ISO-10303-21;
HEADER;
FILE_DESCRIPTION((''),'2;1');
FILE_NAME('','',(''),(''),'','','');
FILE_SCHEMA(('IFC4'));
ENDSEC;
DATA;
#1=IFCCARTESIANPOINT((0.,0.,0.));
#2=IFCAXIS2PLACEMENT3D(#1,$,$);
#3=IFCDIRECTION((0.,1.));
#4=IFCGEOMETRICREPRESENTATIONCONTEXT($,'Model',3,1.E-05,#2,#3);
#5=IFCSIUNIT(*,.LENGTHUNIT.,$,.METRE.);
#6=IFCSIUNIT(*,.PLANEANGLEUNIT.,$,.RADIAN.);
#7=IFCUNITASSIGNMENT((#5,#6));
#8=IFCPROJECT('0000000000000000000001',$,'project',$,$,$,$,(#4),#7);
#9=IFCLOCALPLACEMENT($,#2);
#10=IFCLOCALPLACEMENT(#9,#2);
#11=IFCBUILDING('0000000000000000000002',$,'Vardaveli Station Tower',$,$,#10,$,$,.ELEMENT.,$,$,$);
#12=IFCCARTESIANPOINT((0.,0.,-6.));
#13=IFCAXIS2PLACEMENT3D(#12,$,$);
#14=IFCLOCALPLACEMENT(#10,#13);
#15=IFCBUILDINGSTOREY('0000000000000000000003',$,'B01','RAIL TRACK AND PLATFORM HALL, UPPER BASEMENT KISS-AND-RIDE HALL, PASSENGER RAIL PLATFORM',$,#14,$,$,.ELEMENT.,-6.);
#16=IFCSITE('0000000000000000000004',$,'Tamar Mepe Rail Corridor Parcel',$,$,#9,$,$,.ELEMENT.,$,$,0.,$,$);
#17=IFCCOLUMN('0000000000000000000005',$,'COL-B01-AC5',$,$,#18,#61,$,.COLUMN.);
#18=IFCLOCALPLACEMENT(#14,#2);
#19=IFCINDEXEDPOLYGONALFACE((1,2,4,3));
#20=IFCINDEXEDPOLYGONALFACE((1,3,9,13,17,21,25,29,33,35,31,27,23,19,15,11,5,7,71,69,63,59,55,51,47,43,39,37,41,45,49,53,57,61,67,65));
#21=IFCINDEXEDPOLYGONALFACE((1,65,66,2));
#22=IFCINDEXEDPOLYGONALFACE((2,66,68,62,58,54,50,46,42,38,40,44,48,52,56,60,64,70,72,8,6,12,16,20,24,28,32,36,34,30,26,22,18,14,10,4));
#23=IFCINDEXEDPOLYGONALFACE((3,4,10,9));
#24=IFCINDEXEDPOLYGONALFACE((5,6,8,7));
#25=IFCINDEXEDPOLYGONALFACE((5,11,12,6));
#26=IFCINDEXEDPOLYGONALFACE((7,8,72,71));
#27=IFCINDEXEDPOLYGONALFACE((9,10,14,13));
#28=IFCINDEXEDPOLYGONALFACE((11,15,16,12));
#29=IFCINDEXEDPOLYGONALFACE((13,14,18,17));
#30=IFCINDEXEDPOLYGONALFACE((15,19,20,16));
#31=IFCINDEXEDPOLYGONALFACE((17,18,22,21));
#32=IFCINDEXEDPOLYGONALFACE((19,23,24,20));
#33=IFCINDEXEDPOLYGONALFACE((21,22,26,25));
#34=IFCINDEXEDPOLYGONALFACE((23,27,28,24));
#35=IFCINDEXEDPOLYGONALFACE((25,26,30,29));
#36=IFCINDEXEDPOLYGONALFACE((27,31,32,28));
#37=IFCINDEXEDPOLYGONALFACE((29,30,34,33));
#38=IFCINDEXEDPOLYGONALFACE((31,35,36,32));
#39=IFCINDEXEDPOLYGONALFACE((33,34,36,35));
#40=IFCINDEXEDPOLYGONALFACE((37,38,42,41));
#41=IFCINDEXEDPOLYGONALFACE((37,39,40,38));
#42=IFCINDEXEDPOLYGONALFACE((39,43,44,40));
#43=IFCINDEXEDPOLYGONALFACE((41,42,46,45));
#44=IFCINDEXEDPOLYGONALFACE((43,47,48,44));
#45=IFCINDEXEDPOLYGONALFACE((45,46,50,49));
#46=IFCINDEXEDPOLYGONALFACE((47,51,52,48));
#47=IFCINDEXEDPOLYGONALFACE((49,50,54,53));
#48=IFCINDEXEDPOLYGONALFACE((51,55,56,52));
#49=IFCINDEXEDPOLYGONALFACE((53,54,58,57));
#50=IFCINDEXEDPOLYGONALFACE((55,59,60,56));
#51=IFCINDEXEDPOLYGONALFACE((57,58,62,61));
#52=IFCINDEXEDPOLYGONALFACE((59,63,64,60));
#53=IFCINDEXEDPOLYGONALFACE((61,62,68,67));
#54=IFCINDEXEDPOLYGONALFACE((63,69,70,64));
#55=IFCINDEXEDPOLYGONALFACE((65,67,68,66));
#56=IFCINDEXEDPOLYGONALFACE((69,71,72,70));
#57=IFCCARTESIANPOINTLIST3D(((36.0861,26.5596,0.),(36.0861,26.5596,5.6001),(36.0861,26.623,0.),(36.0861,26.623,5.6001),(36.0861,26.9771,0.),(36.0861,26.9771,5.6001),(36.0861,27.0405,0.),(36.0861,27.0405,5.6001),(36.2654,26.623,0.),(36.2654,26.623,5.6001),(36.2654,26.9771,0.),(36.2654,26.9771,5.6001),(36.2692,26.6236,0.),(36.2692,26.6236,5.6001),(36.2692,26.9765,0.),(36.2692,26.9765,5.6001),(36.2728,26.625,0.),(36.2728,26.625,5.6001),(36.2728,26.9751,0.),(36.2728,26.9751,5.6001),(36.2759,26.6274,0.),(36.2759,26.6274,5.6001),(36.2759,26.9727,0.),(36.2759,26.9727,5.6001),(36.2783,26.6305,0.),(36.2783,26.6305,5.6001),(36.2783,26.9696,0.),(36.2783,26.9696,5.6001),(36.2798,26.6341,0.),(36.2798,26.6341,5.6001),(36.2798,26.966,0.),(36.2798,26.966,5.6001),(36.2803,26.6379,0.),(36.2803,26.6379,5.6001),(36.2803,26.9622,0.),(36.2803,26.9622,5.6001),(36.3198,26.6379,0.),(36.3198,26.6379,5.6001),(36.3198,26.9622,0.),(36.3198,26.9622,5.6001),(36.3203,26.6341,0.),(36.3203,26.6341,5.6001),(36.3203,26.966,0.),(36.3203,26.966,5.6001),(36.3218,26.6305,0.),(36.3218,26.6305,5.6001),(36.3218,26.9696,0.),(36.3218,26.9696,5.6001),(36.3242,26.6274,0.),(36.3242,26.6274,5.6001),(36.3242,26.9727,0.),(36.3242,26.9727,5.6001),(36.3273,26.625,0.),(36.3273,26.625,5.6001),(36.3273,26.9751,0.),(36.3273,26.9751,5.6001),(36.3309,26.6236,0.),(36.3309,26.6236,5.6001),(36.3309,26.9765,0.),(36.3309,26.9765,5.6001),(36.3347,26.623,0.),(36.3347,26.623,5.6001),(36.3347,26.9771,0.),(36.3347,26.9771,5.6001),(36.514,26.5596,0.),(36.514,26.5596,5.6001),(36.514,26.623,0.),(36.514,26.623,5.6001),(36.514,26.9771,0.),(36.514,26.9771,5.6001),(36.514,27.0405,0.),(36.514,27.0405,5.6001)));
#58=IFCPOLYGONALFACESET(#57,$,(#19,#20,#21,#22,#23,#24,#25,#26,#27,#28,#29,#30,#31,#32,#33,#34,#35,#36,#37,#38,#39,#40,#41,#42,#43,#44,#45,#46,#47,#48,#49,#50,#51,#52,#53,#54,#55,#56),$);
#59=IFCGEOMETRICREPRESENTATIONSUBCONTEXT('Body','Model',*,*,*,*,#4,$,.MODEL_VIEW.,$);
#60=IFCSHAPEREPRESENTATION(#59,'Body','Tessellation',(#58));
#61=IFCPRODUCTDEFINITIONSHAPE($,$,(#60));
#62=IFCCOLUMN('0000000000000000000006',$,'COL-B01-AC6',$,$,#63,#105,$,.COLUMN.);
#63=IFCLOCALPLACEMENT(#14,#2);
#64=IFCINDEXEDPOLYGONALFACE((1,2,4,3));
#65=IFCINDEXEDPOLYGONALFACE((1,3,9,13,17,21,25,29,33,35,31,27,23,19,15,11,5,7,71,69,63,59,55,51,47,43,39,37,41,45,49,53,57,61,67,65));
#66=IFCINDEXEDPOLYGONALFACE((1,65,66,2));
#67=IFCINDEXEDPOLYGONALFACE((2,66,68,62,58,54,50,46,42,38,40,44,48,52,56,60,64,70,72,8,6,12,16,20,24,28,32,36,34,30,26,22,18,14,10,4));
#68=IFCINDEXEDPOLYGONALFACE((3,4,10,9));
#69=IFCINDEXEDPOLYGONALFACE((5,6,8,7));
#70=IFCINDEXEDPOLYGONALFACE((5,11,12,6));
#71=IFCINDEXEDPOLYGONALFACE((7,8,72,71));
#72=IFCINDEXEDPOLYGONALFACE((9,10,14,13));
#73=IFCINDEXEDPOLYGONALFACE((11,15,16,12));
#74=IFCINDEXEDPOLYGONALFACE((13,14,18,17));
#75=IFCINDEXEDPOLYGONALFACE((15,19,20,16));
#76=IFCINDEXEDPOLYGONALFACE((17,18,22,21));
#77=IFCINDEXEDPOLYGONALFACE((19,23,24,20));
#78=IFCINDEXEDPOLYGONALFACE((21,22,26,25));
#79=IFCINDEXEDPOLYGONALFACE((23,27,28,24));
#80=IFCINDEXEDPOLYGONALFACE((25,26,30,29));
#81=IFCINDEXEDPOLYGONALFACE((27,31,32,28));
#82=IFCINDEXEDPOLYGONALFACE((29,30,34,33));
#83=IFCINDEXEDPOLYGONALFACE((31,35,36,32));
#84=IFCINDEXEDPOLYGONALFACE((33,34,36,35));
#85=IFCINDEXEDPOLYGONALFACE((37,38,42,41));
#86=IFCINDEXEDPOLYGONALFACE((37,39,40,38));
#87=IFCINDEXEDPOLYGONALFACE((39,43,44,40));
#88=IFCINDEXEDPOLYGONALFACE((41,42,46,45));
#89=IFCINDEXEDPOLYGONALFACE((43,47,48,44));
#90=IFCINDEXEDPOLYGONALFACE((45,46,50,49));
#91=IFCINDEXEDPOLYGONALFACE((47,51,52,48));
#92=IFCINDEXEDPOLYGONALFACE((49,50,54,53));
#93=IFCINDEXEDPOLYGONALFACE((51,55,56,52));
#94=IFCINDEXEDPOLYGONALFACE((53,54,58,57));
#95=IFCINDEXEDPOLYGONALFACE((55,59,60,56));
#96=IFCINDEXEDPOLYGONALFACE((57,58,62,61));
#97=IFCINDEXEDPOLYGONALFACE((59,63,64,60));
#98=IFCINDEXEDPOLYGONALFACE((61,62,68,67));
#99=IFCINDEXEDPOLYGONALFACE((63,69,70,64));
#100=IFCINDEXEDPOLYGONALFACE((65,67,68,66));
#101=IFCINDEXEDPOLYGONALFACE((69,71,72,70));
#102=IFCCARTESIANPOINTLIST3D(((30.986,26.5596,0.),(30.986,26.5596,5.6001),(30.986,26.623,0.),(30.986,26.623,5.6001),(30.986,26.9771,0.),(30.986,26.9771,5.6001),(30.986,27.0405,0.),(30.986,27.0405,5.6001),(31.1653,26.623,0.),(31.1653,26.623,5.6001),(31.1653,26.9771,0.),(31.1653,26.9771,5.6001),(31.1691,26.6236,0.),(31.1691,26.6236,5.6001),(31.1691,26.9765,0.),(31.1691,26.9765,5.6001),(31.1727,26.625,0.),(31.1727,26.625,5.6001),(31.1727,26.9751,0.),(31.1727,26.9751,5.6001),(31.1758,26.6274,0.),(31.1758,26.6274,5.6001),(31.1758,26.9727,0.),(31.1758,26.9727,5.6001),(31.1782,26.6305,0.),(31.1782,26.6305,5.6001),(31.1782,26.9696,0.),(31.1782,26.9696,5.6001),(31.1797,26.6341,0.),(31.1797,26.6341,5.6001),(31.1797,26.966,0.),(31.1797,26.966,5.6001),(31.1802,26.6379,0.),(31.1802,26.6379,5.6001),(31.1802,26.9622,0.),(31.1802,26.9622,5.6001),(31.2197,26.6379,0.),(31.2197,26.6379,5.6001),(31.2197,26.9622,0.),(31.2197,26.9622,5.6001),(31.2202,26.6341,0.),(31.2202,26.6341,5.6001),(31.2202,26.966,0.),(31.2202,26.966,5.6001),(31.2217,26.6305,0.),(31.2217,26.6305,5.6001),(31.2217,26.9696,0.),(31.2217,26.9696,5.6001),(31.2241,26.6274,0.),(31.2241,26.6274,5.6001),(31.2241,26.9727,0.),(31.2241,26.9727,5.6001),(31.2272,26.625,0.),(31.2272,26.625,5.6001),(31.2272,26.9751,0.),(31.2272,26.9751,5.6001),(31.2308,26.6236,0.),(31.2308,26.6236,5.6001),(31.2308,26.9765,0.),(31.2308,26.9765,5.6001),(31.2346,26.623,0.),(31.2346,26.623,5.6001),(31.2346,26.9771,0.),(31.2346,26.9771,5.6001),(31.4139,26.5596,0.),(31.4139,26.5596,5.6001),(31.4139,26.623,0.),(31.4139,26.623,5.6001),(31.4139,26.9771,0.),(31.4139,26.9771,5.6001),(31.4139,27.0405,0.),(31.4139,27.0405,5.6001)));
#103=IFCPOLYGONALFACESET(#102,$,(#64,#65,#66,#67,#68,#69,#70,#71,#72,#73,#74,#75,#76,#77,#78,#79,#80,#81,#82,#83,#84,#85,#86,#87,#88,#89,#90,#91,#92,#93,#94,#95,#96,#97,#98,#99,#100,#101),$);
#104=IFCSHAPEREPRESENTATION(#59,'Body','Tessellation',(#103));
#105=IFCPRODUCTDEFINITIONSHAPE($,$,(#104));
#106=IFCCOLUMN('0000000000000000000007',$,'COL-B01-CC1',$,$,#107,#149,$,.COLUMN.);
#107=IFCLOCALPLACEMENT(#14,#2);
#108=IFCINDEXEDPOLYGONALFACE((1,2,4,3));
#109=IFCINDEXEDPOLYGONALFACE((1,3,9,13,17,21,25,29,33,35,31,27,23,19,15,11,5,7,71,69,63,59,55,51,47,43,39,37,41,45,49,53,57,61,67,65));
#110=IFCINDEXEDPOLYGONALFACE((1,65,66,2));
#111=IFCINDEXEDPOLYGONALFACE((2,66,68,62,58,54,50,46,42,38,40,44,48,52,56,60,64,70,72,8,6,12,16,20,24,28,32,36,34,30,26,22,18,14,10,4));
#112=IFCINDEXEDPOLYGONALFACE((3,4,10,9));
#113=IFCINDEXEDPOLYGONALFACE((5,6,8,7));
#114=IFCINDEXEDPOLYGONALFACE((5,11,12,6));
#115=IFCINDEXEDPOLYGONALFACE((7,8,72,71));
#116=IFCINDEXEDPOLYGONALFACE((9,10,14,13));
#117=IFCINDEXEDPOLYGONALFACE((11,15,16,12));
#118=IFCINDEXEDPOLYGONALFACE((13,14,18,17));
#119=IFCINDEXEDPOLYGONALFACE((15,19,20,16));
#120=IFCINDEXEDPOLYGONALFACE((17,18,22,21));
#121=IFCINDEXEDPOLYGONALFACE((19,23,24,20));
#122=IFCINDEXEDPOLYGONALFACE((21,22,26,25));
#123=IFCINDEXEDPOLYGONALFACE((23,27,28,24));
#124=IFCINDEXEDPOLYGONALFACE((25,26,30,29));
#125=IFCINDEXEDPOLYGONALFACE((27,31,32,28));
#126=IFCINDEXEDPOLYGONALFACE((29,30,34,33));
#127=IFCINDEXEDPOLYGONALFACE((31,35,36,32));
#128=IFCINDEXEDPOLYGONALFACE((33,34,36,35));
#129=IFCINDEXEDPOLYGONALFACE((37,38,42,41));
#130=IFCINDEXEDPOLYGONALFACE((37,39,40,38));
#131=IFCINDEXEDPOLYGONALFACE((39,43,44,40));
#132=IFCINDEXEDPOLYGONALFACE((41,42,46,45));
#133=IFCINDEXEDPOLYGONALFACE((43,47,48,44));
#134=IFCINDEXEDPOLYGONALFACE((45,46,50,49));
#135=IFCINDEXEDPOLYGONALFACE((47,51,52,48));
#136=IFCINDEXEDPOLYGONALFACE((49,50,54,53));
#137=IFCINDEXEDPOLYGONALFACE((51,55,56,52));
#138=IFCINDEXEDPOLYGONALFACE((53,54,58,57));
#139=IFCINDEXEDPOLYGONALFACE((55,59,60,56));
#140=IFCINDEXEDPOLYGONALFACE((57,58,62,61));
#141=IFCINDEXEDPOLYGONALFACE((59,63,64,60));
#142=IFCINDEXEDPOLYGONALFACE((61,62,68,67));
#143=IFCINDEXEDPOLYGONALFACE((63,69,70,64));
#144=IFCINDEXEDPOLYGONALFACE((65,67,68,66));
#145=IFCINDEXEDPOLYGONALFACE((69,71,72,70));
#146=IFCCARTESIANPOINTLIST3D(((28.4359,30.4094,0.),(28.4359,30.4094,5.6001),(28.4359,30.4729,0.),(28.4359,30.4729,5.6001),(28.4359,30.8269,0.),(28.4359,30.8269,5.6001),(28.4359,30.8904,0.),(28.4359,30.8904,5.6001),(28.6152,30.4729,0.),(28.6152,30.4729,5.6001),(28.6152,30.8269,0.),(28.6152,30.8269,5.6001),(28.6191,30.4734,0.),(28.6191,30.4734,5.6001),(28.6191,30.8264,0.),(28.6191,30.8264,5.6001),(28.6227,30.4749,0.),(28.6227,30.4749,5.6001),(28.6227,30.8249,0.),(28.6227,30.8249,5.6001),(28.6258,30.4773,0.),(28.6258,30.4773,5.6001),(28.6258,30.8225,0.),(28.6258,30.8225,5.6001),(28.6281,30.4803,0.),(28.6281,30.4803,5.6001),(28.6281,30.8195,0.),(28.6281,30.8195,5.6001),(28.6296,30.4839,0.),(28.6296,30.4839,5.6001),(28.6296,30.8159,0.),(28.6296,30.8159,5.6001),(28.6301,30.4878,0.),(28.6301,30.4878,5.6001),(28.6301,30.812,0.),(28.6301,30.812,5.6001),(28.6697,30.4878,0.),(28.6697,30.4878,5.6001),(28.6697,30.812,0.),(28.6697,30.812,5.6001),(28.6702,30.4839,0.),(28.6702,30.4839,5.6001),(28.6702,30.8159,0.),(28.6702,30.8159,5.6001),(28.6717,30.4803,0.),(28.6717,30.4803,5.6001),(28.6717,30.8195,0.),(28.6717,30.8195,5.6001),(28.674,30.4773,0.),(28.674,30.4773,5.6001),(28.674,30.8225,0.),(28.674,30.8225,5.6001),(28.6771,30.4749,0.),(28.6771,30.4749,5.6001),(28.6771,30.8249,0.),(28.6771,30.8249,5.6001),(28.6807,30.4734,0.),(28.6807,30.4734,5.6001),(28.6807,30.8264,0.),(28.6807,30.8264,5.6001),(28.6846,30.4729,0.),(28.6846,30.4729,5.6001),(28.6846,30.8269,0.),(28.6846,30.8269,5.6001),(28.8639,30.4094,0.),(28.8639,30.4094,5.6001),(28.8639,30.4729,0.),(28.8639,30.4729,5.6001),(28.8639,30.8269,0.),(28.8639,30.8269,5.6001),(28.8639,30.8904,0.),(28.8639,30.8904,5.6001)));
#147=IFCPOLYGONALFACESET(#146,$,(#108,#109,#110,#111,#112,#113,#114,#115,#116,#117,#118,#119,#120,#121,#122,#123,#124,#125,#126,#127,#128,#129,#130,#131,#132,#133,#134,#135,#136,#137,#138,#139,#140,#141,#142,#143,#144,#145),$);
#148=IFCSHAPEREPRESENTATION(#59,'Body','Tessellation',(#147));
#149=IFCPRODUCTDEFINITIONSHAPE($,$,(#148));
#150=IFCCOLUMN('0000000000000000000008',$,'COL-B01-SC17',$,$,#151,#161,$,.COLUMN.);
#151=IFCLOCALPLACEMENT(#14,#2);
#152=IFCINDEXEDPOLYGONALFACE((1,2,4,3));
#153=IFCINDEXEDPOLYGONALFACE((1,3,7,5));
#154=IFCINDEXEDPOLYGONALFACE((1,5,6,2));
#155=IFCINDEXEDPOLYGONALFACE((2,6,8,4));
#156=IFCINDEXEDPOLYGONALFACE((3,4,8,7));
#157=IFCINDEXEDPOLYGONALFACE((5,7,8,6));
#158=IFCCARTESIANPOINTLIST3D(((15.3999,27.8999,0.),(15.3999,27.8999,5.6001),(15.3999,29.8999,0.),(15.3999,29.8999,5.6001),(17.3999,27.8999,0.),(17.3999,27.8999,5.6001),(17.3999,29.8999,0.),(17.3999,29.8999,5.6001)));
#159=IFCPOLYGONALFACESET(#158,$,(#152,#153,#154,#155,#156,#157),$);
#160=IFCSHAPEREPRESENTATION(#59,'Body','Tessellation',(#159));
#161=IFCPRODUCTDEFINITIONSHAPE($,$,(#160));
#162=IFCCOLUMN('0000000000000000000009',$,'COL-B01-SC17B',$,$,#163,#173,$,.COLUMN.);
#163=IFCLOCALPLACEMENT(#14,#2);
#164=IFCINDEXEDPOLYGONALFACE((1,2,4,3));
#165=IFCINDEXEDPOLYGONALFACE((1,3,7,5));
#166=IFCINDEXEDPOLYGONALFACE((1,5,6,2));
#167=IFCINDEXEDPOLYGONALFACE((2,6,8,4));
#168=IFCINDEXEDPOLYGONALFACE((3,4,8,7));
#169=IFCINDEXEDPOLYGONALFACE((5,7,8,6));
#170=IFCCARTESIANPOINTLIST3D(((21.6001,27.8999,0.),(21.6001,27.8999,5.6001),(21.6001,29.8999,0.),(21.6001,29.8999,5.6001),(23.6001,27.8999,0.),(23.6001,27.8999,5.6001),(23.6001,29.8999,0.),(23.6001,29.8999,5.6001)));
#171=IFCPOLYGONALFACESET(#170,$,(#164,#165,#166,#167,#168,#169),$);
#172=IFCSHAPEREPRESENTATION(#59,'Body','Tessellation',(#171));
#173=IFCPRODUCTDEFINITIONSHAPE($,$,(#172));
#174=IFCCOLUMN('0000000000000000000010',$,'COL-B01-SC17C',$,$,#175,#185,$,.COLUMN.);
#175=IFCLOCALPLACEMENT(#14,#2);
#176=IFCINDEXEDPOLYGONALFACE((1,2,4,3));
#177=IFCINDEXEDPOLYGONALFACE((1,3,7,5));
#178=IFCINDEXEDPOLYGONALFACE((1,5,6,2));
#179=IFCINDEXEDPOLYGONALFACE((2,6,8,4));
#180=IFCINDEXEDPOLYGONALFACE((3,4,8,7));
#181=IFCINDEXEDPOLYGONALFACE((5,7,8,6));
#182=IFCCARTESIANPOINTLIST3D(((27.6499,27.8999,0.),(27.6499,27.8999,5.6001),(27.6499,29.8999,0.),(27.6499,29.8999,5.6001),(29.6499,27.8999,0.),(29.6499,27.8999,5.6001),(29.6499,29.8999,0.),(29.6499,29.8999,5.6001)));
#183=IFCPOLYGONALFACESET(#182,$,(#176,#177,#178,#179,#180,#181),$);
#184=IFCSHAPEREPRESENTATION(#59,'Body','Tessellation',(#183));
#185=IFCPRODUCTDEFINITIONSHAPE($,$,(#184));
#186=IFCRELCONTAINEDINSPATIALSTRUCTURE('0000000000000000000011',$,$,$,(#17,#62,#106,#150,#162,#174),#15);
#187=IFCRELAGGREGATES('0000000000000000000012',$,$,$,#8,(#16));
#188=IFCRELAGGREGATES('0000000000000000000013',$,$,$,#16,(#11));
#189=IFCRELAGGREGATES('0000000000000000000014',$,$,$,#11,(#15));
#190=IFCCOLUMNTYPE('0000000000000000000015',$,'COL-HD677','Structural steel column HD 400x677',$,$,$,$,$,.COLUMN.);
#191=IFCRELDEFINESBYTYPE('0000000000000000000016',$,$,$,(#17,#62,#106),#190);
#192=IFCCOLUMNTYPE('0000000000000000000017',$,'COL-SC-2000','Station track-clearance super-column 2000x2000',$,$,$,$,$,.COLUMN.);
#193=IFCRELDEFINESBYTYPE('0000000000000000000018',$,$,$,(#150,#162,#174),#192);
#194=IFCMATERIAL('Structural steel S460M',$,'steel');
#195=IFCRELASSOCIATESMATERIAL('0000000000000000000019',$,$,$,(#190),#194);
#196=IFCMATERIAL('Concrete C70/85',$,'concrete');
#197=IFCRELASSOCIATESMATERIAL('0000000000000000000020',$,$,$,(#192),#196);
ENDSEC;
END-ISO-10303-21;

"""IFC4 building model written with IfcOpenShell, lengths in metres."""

from ifc_helpers import new_model, si_unit, direction, frame, origin, origin_2d, place, context, subcontext, project, spatial, rectangle, i_section, extrude, source, transform, mapped, material, material_profile, profile_set, type_object, element, save


model = new_model("IFC4")

# Units and contexts
model_context = context("Model", 3, precision=1e-05, world=origin(), true_north=direction((0.0, 1.0)))
body_context = subcontext(model_context, "Body", "Model", "MODEL_VIEW")
ifc_project = project(units=[si_unit("LENGTHUNIT", "METRE"), si_unit("PLANEANGLEUNIT", "RADIAN")], contexts=[model_context])

# Site, building, storey
site_placement = place(None, origin())
site = spatial("IfcSite", under=ifc_project, at=site_placement, Name="Tamar Mepe Rail Corridor Parcel", CompositionType="ELEMENT", RefElevation=0.0)
building_placement = place(site_placement, origin())
building = spatial("IfcBuilding", under=site, at=building_placement, Name="Vardaveli Station Tower", CompositionType="ELEMENT")
storey_placement = place(building_placement, frame((0.0, 0.0, -6.0)))
storey = spatial("IfcBuildingStorey", under=building, at=storey_placement, Name="B01", Description="RAIL TRACK AND PLATFORM HALL, UPPER BASEMENT KISS-AND-RIDE HALL, PASSENGER RAIL PLATFORM", CompositionType="ELEMENT", Elevation=-6.0)

# Columns
ifc_material_1 = material(Name="Structural steel S460M", Category="steel")
ifc_material_profile_1 = material_profile(ifc_material_1, i_section(OverallWidth=0.428, OverallDepth=0.481, WebThickness=0.0396, FlangeThickness=0.0635, FilletRadius=0.0149, at=origin_2d()), Name="HD 400x677")
ifc_profile_set_1 = profile_set([ifc_material_profile_1], Name="Structural steel S460M")
column_type_1 = type_object("IfcColumnType", Name="COL-HD677", Description="Structural steel column HD 400x677", PredefinedType="COLUMN", material=ifc_profile_set_1)
shared_shape_1 = source(origin(), body_context, "Body", "SweptSolid", [
    extrude(i_section(OverallWidth=0.428, OverallDepth=0.481, WebThickness=0.0396, FlangeThickness=0.0635, FilletRadius=0.0149, at=origin_2d()), origin(), (0.0, 0.0, 1.0), 5.6001),
])
for number, where, z_axis, x_axis, name in (
    (1, (36.3, 26.8, 0.0), (0.0, 0.0, 1.0), (1.0, 0.0, 0.0), "COL-B01-AC5"),
    (2, (31.2, 26.8, 0.0), (0.0, 0.0, 1.0), (1.0, 0.0, 0.0), "COL-B01-AC6"),
    (3, (28.6499, 30.6499, 0.0), (0.0, 0.0, 1.0), (1.0, 0.0, 0.0), "COL-B01-CC1"),
):
    element("IfcColumn", number, at=place(storey_placement, frame(where, z_axis=z_axis, x_axis=x_axis)), inside=storey, type_object=column_type_1, Name=name, PredefinedType="COLUMN", context=body_context, shape_type="MappedRepresentation", body=[
        mapped(shared_shape_1, transform((0.0, 0.0, 0.0), scale=1.0)),
    ])
ifc_material_2 = material(Name="Concrete C70/85", Category="concrete")
ifc_material_profile_2 = material_profile(ifc_material_2, rectangle(XDim=2.0, YDim=2.0, at=origin_2d()), Name="SC 2000x2000")
ifc_profile_set_2 = profile_set([ifc_material_profile_2], Name="Concrete C70/85")
column_type_2 = type_object("IfcColumnType", Name="COL-SC-2000", Description="Station track-clearance super-column 2000x2000", PredefinedType="COLUMN", material=ifc_profile_set_2)
shared_shape_2 = source(origin(), body_context, "Body", "SweptSolid", [
    extrude(rectangle(XDim=2.0, YDim=2.0, at=origin_2d()), origin(), (0.0, 0.0, 1.0), 5.6001),
])
for number, where, z_axis, x_axis, name in (
    (4, (16.3999, 28.8999, 0.0), (0.0, 0.0, 1.0), (1.0, 0.0, 0.0), "COL-B01-SC17"),
    (5, (22.6001, 28.8999, 0.0), (0.0, 0.0, 1.0), (1.0, 0.0, 0.0), "COL-B01-SC17B"),
    (6, (28.6499, 28.8999, 0.0), (0.0, 0.0, 1.0), (1.0, 0.0, 0.0), "COL-B01-SC17C"),
):
    element("IfcColumn", number, at=place(storey_placement, frame(where, z_axis=z_axis, x_axis=x_axis)), inside=storey, type_object=column_type_2, Name=name, PredefinedType="COLUMN", context=body_context, shape_type="MappedRepresentation", body=[
        mapped(shared_shape_2, transform((0.0, 0.0, 0.0), scale=1.0)),
    ])

save(model, "model.ifc")
